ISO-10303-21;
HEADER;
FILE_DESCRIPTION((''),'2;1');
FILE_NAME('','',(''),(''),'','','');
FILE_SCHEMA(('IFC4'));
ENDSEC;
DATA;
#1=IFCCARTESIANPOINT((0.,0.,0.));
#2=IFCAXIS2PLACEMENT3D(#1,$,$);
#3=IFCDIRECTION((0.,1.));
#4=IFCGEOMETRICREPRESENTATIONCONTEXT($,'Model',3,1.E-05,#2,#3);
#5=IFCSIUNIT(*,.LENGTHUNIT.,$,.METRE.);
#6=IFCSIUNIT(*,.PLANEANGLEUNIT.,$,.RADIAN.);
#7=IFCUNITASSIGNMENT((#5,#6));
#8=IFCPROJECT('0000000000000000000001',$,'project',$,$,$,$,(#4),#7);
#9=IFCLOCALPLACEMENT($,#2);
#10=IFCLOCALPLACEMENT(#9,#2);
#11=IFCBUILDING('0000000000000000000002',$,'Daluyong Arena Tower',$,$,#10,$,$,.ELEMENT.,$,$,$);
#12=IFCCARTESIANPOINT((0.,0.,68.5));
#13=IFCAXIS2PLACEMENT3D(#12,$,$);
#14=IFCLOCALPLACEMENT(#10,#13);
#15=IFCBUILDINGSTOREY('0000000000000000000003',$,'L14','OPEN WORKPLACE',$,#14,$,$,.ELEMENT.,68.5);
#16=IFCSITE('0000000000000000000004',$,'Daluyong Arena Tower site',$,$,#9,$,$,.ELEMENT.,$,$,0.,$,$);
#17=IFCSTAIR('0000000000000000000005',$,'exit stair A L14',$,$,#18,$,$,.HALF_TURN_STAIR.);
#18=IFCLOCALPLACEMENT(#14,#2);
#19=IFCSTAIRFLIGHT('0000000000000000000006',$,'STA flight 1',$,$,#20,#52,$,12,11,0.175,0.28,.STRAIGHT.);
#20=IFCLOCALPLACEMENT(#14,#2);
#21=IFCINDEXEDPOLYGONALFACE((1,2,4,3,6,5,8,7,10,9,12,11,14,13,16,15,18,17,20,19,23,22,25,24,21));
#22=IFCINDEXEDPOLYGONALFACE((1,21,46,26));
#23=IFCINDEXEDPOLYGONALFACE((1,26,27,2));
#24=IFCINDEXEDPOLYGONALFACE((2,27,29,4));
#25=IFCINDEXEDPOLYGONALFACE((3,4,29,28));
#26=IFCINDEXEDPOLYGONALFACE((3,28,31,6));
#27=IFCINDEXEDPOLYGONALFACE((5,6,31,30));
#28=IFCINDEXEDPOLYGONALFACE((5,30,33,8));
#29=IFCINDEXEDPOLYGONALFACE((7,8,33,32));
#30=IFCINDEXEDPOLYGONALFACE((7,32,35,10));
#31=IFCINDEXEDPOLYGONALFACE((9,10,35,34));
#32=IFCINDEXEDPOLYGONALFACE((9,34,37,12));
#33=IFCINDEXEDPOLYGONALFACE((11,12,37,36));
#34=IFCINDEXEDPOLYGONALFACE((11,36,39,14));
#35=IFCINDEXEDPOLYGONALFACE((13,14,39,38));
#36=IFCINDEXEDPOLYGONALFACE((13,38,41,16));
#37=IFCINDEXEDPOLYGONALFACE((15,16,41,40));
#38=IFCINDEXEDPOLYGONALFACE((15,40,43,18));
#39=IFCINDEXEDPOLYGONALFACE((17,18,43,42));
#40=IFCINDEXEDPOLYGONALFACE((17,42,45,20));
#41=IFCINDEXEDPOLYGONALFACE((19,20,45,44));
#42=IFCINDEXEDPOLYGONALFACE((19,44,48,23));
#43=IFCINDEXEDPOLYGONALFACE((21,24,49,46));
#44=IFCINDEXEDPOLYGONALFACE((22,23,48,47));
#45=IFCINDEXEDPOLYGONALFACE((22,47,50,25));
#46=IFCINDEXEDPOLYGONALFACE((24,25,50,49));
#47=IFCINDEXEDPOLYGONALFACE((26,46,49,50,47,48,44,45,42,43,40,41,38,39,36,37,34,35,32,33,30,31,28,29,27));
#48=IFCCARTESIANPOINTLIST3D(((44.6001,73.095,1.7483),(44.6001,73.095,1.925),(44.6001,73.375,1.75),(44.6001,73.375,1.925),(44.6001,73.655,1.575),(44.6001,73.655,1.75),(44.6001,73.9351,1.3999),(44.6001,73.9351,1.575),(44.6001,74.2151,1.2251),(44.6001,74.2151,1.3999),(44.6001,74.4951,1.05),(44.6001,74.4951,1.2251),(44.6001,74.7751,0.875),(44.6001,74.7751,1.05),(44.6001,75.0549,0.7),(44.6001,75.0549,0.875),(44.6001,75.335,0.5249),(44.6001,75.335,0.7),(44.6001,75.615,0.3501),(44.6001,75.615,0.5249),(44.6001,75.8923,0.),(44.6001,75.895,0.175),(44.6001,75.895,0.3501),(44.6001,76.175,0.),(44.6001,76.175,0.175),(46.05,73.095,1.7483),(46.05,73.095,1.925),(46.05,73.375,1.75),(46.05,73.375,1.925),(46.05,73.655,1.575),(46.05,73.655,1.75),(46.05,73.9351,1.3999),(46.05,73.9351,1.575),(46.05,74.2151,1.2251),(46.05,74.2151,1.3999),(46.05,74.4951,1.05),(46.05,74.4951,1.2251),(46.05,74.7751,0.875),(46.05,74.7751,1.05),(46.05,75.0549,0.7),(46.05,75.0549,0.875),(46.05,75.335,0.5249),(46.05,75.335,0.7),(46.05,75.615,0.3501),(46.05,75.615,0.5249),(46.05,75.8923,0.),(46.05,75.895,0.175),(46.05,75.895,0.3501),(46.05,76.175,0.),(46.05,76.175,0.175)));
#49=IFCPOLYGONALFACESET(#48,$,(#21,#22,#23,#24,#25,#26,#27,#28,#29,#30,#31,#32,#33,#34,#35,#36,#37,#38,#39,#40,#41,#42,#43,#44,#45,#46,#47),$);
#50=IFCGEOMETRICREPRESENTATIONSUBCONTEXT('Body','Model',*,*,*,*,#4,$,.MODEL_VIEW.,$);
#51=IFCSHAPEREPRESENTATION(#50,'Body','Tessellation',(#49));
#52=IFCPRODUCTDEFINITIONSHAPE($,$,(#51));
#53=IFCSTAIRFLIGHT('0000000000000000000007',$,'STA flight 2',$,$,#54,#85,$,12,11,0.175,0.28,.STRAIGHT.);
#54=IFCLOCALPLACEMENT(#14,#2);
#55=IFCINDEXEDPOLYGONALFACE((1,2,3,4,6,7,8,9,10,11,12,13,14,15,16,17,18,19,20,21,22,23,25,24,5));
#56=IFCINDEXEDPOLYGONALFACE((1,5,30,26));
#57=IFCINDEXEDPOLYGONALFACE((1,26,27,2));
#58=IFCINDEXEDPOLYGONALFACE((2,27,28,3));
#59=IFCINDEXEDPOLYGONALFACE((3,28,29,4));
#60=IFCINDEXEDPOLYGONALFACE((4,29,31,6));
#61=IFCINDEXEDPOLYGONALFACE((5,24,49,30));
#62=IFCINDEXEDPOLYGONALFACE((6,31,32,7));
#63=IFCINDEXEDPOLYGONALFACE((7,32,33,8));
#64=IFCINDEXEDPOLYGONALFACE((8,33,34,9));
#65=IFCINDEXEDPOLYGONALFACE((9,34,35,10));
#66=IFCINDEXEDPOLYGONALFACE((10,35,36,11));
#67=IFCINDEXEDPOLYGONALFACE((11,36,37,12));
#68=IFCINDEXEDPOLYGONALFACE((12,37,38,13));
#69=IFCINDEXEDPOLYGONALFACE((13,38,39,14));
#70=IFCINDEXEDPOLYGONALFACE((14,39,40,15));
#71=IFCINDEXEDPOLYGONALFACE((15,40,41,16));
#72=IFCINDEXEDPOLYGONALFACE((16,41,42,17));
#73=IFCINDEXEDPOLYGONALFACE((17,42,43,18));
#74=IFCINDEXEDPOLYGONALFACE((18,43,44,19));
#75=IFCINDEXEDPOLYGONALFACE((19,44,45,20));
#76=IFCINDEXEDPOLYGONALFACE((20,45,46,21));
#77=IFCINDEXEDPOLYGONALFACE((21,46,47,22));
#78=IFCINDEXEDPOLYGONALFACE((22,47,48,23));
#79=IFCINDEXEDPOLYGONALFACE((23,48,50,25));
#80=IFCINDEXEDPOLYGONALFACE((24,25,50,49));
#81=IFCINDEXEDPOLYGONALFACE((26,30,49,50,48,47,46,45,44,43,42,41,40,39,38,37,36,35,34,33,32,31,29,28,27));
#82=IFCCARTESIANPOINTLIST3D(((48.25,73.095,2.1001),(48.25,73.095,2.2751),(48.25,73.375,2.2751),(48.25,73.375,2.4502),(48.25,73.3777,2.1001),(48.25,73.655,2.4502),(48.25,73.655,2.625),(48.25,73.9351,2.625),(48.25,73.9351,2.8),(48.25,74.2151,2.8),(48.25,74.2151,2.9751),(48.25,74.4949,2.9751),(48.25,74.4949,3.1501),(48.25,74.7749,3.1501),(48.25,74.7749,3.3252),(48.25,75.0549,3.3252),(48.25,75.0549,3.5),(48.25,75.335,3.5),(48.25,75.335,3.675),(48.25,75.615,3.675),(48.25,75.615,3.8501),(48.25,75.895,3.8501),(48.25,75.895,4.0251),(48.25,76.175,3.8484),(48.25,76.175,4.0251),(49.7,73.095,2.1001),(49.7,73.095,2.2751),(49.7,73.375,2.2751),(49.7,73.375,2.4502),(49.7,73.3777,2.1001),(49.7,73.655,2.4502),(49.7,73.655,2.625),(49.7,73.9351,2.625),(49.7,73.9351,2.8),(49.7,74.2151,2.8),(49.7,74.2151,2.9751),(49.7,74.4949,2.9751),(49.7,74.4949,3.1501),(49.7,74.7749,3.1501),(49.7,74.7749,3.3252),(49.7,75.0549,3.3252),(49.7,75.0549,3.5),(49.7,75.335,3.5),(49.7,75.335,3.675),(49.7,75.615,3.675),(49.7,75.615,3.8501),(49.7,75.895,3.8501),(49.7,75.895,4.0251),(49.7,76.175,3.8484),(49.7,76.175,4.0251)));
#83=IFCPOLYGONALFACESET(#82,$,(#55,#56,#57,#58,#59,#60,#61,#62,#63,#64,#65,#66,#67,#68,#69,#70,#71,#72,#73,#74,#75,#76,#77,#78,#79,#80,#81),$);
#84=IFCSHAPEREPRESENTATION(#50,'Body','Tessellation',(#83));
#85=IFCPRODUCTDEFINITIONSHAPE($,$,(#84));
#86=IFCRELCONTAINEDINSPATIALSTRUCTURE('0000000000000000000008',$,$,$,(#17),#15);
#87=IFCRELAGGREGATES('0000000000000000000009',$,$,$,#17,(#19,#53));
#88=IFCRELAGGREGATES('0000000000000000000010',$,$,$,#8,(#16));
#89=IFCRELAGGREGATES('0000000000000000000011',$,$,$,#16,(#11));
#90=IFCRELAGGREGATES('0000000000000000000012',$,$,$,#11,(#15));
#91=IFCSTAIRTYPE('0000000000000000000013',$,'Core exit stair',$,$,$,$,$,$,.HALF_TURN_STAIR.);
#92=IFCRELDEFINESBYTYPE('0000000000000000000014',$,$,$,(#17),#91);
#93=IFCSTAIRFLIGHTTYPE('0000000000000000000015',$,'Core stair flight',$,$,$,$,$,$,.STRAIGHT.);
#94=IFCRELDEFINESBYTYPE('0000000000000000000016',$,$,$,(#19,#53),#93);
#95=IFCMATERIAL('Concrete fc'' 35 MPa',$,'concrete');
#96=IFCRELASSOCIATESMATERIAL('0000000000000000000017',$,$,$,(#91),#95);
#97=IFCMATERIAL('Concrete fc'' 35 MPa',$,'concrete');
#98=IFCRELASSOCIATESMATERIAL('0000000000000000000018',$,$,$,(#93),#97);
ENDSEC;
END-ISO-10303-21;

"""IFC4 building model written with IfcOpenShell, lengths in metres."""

from ifc_helpers import new_model, si_unit, direction, frame, origin, place, context, subcontext, project, spatial, polyline, outline, extrude, material, type_object, element, aggregate, save


model = new_model("IFC4")

# Units and contexts
model_context = context("Model", 3, precision=1e-05, world=origin(), true_north=direction((0.0, 1.0)))
body_context = subcontext(model_context, "Body", "Model", "MODEL_VIEW")
ifc_project = project(units=[si_unit("LENGTHUNIT", "METRE"), si_unit("PLANEANGLEUNIT", "RADIAN")], contexts=[model_context])

# Site, building, storey
site_placement = place(None, origin())
site = spatial("IfcSite", under=ifc_project, at=site_placement, Name="Daluyong Arena Tower site", CompositionType="ELEMENT", RefElevation=0.0)
building_placement = place(site_placement, origin())
building = spatial("IfcBuilding", under=site, at=building_placement, Name="Daluyong Arena Tower", CompositionType="ELEMENT")
storey_placement = place(building_placement, frame((0.0, 0.0, 68.5)))
storey = spatial("IfcBuildingStorey", under=building, at=storey_placement, Name="L14", Description="OPEN WORKPLACE", CompositionType="ELEMENT", Elevation=68.5)

# Stair, stair flights
ifc_material_1 = material(Name="Concrete fc' 35 MPa", Category="concrete")
stair_type = type_object("IfcStairType", Name="Core exit stair", PredefinedType="HALF_TURN_STAIR", material=ifc_material_1)
stair_placement = place(storey_placement, origin())
stair = element("IfcStair", 1, at=stair_placement, inside=storey, type_object=stair_type, Name="exit stair A L14", PredefinedType="HALF_TURN_STAIR")
ifc_material_2 = material(Name="Concrete fc' 35 MPa", Category="concrete")
stair_flight_type = type_object("IfcStairFlightType", Name="Core stair flight", PredefinedType="STRAIGHT", material=ifc_material_2)
stair_flight_1_placement = place(storey_placement, frame((45.325, 76.175, 0.0), z_axis=(0.0, 0.0, 1.0), x_axis=(0.0, -1.0, 0.0)))
stair_flight_1 = element("IfcStairFlight", 2, at=stair_flight_1_placement, type_object=stair_flight_type, Name="STA flight 1", NumberOfRisers=12, NumberOfTreads=11, PredefinedType="STRAIGHT", RiserHeight=0.175, TreadLength=0.28, context=body_context, shape_type="SweptSolid", body=[
    extrude(outline(polyline([(0.0, 0.0), (0.0, 0.175), (0.28, 0.175), (0.28, 0.3501), (0.5601, 0.3501), (0.5601, 0.5249), (0.8401, 0.5249), (0.8401, 0.7), (1.1201, 0.7), (1.1201, 0.875), (1.3999, 0.875), (1.3999, 1.05), (1.6799, 1.05), (1.6799, 1.2251), (1.96, 1.2251), (1.96, 1.3999), (2.24, 1.3999), (2.24, 1.575), (2.52, 1.575), (2.52, 1.75), (2.8, 1.75), (2.8, 1.925), (3.0801, 1.925), (3.0801, 2.1001), (3.0801, 1.7483), (0.2827, 0.0), (0.0, 0.0)])), frame((0.0, 0.7251, 0.0), z_axis=(0.0, -1.0, 0.0), x_axis=(1.0, 0.0, 0.0)), (0.0, 0.0, 1.0), 1.45),
])
stair_flight_2_placement = place(storey_placement, frame((48.9751, 73.095, 2.1001), z_axis=(0.0, 0.0, 1.0), x_axis=(0.0, 1.0, 0.0)))
stair_flight_2 = element("IfcStairFlight", 3, at=stair_flight_2_placement, type_object=stair_flight_type, Name="STA flight 2", NumberOfRisers=12, NumberOfTreads=11, PredefinedType="STRAIGHT", RiserHeight=0.175, TreadLength=0.28, context=body_context, shape_type="SweptSolid", body=[
    extrude(outline(polyline([(0.0, 0.0), (0.0, 0.175), (0.28, 0.175), (0.28, 0.3501), (0.5601, 0.3501), (0.5601, 0.5249), (0.8401, 0.5249), (0.8401, 0.7), (1.1201, 0.7), (1.1201, 0.875), (1.3999, 0.875), (1.3999, 1.05), (1.6799, 1.05), (1.6799, 1.2251), (1.96, 1.2251), (1.96, 1.3999), (2.24, 1.3999), (2.24, 1.575), (2.52, 1.575), (2.52, 1.75), (2.8, 1.75), (2.8, 1.925), (3.0801, 1.925), (3.0801, 2.1001), (3.0801, 1.7483), (0.2827, 0.0), (0.0, 0.0)])), frame((0.0, 0.7251, 0.0), z_axis=(0.0, -1.0, 0.0), x_axis=(1.0, 0.0, 0.0)), (0.0, 0.0, 1.0), 1.45),
])
aggregate(stair, [stair_flight_1, stair_flight_2])

save(model, "model.ifc")
